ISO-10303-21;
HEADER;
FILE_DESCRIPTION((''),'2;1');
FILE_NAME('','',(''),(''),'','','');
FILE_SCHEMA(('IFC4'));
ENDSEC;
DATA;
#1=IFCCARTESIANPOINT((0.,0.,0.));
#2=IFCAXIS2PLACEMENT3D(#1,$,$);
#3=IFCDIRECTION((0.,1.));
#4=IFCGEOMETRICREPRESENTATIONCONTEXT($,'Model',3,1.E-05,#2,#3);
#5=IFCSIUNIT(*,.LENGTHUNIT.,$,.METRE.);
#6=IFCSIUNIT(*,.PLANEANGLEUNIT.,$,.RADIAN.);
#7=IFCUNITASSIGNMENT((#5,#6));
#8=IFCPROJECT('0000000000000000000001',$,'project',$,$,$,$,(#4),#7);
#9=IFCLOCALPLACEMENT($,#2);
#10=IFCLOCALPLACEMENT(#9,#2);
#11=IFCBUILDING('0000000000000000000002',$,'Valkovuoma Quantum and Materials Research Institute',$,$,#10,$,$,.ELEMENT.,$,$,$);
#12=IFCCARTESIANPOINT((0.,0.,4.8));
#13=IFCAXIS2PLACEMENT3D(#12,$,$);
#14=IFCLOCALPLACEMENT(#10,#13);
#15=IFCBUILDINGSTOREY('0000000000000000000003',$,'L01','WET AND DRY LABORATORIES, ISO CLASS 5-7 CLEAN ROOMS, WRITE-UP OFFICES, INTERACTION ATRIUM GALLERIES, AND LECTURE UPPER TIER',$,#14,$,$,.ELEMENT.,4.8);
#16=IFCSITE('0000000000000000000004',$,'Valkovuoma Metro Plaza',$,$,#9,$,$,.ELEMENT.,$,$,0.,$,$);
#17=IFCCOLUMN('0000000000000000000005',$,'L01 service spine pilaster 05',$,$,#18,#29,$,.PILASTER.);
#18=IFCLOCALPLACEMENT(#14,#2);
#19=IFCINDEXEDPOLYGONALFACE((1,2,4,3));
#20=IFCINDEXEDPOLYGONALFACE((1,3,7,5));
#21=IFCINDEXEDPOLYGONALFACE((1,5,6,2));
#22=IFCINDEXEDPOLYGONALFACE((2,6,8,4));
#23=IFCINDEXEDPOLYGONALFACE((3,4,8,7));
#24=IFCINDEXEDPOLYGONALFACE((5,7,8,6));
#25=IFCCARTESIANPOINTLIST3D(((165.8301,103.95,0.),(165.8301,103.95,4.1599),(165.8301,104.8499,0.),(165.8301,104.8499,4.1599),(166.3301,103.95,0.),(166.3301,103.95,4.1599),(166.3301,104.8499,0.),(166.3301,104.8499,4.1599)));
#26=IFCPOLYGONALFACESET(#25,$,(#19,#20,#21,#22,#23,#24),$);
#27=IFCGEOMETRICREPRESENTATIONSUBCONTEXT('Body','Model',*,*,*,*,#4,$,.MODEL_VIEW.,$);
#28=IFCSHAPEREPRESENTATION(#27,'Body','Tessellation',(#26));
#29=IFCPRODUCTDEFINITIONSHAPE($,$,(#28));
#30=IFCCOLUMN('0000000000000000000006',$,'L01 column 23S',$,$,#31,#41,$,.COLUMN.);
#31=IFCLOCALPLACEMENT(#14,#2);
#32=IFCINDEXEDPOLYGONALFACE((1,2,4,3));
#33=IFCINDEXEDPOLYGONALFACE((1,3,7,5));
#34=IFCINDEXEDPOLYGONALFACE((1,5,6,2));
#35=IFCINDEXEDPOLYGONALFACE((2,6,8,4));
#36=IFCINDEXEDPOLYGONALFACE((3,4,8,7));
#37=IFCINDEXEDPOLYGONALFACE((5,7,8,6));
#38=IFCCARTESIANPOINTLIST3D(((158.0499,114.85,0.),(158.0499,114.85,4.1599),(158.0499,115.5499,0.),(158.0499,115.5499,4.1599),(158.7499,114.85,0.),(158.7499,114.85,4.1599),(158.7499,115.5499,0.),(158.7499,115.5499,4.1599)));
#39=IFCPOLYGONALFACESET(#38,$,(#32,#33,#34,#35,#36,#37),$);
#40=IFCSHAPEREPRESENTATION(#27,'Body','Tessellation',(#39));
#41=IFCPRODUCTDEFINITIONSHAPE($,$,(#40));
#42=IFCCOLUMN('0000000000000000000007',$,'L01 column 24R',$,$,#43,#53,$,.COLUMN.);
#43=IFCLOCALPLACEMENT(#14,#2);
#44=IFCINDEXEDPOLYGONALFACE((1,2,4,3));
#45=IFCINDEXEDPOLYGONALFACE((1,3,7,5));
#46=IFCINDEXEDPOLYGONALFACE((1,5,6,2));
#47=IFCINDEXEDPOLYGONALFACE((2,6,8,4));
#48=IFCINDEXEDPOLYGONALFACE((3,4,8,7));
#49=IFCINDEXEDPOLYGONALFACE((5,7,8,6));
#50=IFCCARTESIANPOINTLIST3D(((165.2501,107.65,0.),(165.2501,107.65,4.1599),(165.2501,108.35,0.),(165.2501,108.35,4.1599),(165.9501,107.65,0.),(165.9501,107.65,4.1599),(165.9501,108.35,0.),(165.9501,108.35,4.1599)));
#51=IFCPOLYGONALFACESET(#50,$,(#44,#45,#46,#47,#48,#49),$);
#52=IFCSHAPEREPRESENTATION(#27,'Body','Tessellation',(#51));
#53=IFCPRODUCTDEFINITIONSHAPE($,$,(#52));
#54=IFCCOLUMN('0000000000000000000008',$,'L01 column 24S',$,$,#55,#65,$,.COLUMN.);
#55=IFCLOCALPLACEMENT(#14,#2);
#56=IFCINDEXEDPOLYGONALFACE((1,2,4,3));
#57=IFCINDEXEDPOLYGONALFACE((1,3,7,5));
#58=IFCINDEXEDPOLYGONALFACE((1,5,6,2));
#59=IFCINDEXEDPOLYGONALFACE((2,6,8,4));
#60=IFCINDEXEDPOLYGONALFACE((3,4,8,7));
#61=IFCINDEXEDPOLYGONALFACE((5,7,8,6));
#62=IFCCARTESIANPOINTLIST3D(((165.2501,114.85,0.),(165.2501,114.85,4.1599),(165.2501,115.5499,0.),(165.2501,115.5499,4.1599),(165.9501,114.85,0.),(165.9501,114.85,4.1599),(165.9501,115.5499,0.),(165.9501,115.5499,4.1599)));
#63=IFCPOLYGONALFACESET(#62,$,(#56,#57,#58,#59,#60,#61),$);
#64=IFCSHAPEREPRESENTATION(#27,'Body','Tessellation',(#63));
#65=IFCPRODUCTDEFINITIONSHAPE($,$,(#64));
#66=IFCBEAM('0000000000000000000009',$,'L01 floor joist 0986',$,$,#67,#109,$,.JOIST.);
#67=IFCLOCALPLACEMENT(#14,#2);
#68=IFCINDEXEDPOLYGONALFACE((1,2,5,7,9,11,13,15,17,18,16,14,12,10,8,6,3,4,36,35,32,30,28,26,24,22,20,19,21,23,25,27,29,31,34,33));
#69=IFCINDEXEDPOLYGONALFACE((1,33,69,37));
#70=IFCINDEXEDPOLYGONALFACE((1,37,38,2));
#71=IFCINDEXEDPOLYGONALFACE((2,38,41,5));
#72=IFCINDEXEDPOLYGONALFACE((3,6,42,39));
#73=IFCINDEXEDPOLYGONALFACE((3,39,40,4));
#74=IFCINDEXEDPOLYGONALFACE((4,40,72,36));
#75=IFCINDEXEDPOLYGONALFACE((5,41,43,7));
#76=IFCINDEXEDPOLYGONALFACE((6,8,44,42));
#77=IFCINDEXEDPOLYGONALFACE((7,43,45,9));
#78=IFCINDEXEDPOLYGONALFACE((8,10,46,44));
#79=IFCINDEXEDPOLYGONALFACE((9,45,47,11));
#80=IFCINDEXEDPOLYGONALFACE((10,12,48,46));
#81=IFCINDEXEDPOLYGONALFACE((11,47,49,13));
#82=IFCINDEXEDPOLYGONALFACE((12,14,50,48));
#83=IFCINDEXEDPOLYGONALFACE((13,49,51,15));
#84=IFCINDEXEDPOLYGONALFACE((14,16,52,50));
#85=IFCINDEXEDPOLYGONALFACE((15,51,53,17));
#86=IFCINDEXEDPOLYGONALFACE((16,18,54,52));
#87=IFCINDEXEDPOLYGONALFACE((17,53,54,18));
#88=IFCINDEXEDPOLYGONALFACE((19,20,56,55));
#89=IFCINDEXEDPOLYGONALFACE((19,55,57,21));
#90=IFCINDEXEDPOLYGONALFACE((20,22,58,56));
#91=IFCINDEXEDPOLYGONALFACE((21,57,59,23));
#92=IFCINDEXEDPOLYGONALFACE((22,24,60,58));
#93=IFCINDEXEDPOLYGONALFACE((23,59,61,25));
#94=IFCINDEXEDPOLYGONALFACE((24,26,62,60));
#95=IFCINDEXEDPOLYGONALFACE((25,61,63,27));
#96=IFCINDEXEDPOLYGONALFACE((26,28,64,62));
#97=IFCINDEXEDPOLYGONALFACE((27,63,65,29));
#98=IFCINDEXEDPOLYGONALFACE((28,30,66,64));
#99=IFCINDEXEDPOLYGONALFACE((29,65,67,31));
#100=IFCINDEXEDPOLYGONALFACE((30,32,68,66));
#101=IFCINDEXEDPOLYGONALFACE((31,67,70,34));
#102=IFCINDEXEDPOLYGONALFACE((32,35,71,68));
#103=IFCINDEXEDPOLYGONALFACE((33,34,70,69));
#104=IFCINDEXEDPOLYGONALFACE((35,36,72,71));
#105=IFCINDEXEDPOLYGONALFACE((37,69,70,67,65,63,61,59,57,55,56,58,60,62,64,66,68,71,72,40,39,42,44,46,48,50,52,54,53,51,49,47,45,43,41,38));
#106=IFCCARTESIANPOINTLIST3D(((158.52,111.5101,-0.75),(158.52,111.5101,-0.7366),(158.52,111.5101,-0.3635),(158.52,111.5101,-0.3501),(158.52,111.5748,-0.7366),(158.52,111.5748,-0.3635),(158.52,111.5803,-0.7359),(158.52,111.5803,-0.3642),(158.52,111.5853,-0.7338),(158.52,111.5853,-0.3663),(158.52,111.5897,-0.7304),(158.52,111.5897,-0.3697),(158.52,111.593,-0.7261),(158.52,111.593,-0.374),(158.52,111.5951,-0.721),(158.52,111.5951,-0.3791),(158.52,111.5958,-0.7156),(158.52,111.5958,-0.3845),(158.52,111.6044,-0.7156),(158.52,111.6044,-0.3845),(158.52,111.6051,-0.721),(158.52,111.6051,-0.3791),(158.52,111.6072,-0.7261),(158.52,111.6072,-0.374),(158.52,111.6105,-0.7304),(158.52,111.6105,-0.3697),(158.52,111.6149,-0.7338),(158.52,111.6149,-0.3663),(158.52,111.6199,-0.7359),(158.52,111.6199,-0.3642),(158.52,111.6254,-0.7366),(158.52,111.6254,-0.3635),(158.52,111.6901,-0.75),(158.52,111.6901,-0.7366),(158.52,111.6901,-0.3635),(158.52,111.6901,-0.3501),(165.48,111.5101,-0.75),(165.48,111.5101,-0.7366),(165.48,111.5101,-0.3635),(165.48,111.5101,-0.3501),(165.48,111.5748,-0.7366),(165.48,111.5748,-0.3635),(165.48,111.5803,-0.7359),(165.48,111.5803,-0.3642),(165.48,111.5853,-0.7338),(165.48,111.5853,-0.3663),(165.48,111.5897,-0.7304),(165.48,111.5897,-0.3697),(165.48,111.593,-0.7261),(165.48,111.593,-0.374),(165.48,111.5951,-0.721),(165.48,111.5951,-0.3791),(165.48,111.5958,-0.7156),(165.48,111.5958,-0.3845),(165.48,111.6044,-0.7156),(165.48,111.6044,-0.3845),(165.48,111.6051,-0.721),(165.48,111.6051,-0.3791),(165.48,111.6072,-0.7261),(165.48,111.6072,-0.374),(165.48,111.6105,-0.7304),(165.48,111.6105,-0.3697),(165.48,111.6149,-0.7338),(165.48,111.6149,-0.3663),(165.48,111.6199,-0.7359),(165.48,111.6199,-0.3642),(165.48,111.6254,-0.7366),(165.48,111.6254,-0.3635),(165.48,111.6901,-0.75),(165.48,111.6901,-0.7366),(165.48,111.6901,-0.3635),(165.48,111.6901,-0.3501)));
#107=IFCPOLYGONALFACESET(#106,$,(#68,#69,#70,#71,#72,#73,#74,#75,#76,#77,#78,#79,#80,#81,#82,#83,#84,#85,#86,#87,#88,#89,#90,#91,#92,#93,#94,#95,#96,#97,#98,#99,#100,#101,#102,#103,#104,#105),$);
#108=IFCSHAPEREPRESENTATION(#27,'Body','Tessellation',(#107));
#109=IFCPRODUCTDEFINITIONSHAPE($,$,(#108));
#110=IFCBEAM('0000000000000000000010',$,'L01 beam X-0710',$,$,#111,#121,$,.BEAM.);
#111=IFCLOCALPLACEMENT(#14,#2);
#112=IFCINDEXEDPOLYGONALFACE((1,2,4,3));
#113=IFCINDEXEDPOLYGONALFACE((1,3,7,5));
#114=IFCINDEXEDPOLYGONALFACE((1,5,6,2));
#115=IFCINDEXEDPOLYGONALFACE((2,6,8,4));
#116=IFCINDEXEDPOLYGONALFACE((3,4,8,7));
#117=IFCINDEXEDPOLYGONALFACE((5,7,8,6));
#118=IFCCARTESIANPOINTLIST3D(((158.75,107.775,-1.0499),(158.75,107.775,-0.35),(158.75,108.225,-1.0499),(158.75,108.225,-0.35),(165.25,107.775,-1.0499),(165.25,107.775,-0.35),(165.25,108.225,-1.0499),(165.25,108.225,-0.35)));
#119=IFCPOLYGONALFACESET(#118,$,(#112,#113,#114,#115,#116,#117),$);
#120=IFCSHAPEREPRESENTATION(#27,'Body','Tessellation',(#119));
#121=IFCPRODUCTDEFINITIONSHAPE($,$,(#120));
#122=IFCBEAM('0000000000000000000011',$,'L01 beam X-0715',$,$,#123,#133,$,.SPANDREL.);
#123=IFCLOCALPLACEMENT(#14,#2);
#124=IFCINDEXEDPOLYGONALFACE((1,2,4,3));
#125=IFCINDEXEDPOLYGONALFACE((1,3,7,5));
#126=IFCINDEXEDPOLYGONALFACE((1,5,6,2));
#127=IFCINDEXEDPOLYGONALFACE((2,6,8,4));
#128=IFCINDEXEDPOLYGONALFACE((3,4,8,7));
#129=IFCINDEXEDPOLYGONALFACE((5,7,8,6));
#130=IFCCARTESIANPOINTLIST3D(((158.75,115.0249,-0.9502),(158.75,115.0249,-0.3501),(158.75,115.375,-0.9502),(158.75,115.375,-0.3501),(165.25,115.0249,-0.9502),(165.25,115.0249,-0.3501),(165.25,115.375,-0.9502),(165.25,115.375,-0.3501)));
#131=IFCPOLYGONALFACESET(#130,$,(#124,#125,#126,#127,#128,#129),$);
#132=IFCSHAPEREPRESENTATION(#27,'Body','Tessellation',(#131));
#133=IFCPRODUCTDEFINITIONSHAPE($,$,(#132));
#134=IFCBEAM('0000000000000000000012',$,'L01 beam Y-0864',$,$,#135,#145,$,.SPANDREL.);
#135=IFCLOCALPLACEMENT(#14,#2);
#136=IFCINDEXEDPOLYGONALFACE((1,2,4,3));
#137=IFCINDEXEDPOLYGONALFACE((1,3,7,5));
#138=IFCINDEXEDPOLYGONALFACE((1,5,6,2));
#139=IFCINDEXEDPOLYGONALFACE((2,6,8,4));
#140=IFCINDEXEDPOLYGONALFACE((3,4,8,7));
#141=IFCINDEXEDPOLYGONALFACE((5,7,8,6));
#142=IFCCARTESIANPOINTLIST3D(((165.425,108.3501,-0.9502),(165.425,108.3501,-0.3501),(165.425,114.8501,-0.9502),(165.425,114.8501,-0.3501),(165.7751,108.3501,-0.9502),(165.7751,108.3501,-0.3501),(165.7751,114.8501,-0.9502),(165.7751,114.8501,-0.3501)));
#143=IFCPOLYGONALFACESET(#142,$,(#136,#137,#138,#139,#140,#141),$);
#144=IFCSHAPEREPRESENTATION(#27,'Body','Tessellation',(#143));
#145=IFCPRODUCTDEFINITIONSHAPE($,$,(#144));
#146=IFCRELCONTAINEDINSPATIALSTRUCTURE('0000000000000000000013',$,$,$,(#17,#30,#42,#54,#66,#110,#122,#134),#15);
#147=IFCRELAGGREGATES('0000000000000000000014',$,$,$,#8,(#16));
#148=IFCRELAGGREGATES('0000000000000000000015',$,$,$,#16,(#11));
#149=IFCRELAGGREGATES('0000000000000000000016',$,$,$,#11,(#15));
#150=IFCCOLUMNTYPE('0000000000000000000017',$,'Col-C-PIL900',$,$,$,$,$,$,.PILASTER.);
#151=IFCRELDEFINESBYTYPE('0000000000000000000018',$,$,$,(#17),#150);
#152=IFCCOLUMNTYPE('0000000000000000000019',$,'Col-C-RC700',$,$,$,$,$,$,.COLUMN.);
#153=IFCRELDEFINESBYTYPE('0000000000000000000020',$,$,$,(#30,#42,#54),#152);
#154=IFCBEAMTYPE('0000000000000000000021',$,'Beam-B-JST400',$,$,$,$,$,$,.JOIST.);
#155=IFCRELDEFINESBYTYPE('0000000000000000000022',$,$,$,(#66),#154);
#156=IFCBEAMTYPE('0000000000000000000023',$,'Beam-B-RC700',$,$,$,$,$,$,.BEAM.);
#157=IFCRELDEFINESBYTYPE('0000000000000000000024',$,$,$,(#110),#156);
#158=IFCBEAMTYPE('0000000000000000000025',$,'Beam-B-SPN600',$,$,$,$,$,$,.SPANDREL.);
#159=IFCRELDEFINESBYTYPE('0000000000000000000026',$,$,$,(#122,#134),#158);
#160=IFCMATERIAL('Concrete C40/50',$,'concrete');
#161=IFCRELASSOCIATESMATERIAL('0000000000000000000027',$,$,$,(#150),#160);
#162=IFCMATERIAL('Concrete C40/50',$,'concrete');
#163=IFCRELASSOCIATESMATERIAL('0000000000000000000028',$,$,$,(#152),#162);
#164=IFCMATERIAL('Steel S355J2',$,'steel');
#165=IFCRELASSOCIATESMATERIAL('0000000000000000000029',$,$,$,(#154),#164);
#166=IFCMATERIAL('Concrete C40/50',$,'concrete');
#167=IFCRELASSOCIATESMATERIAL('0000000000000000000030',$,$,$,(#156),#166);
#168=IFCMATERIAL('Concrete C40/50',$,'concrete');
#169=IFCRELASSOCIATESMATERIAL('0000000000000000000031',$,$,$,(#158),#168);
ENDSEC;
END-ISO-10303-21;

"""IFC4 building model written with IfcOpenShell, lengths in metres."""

from ifc_helpers import new_model, si_unit, direction, frame, origin, origin_2d, place, context, subcontext, project, spatial, rectangle, i_section, extrude, material, material_profile, profile_set, type_object, element, save


model = new_model("IFC4")

# Units and contexts
model_context = context("Model", 3, precision=1e-05, world=origin(), true_north=direction((0.0, 1.0)))
body_context = subcontext(model_context, "Body", "Model", "MODEL_VIEW")
ifc_project = project(units=[si_unit("LENGTHUNIT", "METRE"), si_unit("PLANEANGLEUNIT", "RADIAN")], contexts=[model_context])

# Site, building, storey
site_placement = place(None, origin())
site = spatial("IfcSite", under=ifc_project, at=site_placement, Name="Valkovuoma Metro Plaza", CompositionType="ELEMENT", RefElevation=0.0)
building_placement = place(site_placement, origin())
building = spatial("IfcBuilding", under=site, at=building_placement, Name="Valkovuoma Quantum and Materials Research Institute", CompositionType="ELEMENT")
storey_placement = place(building_placement, frame((0.0, 0.0, 4.8)))
storey = spatial("IfcBuildingStorey", under=building, at=storey_placement, Name="L01", Description="WET AND DRY LABORATORIES, ISO CLASS 5-7 CLEAN ROOMS, WRITE-UP OFFICES, INTERACTION ATRIUM GALLERIES, AND LECTURE UPPER TIER", CompositionType="ELEMENT", Elevation=4.8)

# Columns
ifc_material_1 = material(Name="Concrete C40/50", Category="concrete")
ifc_material_profile_1 = material_profile(ifc_material_1, rectangle(XDim=0.5, YDim=0.8999, at=origin_2d()), Name="Concrete C40/50")
ifc_profile_set_1 = profile_set([ifc_material_profile_1], Name="Concrete C40/50")
column_type_1 = type_object("IfcColumnType", Name="Col-C-PIL900", PredefinedType="PILASTER", material=ifc_profile_set_1)
column_placement = place(storey_placement, frame((166.0801, 104.3999, 0.0), z_axis=(0.0, 0.0, 1.0), x_axis=(1.0, 0.0, 0.0)))
element("IfcColumn", 1, at=column_placement, inside=storey, type_object=column_type_1, Name="L01 service spine pilaster 05", PredefinedType="PILASTER", context=body_context, shape_type="SweptSolid", body=[
    extrude(rectangle(XDim=0.5, YDim=0.8999, at=origin_2d()), origin(), (0.0, 0.0, 1.0), 4.1599),
])
ifc_material_2 = material(Name="Concrete C40/50", Category="concrete")
ifc_material_profile_2 = material_profile(ifc_material_2, rectangle(XDim=0.7, YDim=0.7, at=origin_2d()), Name="Concrete C40/50")
ifc_profile_set_2 = profile_set([ifc_material_profile_2], Name="Concrete C40/50")
column_type_2 = type_object("IfcColumnType", Name="Col-C-RC700", PredefinedType="COLUMN", material=ifc_profile_set_2)
for number, where, z_axis, x_axis, name in (
    (2, (158.3999, 115.2, 0.0), (0.0, 0.0, 1.0), (1.0, 0.0, 0.0), "L01 column 23S"),
    (3, (165.6001, 108.0, 0.0), (0.0, 0.0, 1.0), (1.0, 0.0, 0.0), "L01 column 24R"),
    (4, (165.6001, 115.2, 0.0), (0.0, 0.0, 1.0), (1.0, 0.0, 0.0), "L01 column 24S"),
):
    element("IfcColumn", number, at=place(storey_placement, frame(where, z_axis=z_axis, x_axis=x_axis)), inside=storey, type_object=column_type_2, Name=name, PredefinedType="COLUMN", context=body_context, shape_type="SweptSolid", body=[
        extrude(rectangle(XDim=0.7, YDim=0.7, at=origin_2d()), origin(), (0.0, 0.0, 1.0), 4.1599),
    ])

# Beams
ifc_material_3 = material(Name="Steel S355J2", Category="steel")
ifc_material_profile_3 = material_profile(ifc_material_3, i_section(OverallWidth=0.1799, OverallDepth=0.3999, WebThickness=0.0085, FlangeThickness=0.0134, FilletRadius=0.021, at=origin_2d()), Name="Steel S355J2")
ifc_profile_set_3 = profile_set([ifc_material_profile_3], Name="Steel S355J2")
beam_type_1 = type_object("IfcBeamType", Name="Beam-B-JST400", PredefinedType="JOIST", material=ifc_profile_set_3)
beam_1_placement = place(storey_placement, frame((158.52, 111.6001, -0.55), z_axis=(1.0, 0.0, 0.0), x_axis=(0.0, 1.0, 0.0)))
element("IfcBeam", 5, at=beam_1_placement, inside=storey, type_object=beam_type_1, Name="L01 floor joist 0986", PredefinedType="JOIST", context=body_context, shape_type="SweptSolid", body=[
    extrude(i_section(OverallWidth=0.1799, OverallDepth=0.3999, WebThickness=0.0085, FlangeThickness=0.0134, FilletRadius=0.021, at=origin_2d()), origin(), (0.0, 0.0, 1.0), 6.96),
])
ifc_material_4 = material(Name="Concrete C40/50", Category="concrete")
ifc_material_profile_4 = material_profile(ifc_material_4, rectangle(XDim=0.45, YDim=0.7, at=origin_2d()), Name="Concrete C40/50")
ifc_profile_set_4 = profile_set([ifc_material_profile_4], Name="Concrete C40/50")
beam_type_2 = type_object("IfcBeamType", Name="Beam-B-RC700", PredefinedType="BEAM", material=ifc_profile_set_4)
beam_2_placement = place(storey_placement, frame((158.75, 108.0, -0.7), z_axis=(1.0, 0.0, 0.0), x_axis=(0.0, 1.0, 0.0)))
element("IfcBeam", 6, at=beam_2_placement, inside=storey, type_object=beam_type_2, Name="L01 beam X-0710", PredefinedType="BEAM", context=body_context, shape_type="SweptSolid", body=[
    extrude(rectangle(XDim=0.45, YDim=0.7, at=origin_2d()), origin(), (0.0, 0.0, 1.0), 6.5),
])
ifc_material_5 = material(Name="Concrete C40/50", Category="concrete")
ifc_material_profile_5 = material_profile(ifc_material_5, rectangle(XDim=0.3501, YDim=0.6001, at=origin_2d()), Name="Concrete C40/50")
ifc_profile_set_5 = profile_set([ifc_material_profile_5], Name="Concrete C40/50")
beam_type_3 = type_object("IfcBeamType", Name="Beam-B-SPN600", PredefinedType="SPANDREL", material=ifc_profile_set_5)
for number, where, z_axis, x_axis, name in (
    (7, (158.75, 115.2, -0.6501), (1.0, 0.0, 0.0), (0.0, 1.0, 0.0), "L01 beam X-0715"),
    (8, (165.6001, 108.3501, -0.6501), (0.0, 1.0, 0.0), (-1.0, 0.0, 0.0), "L01 beam Y-0864"),
):
    element("IfcBeam", number, at=place(storey_placement, frame(where, z_axis=z_axis, x_axis=x_axis)), inside=storey, type_object=beam_type_3, Name=name, PredefinedType="SPANDREL", context=body_context, shape_type="SweptSolid", body=[
        extrude(rectangle(XDim=0.3501, YDim=0.6001, at=origin_2d()), origin(), (0.0, 0.0, 1.0), 6.5),
    ])

save(model, "model.ifc")
